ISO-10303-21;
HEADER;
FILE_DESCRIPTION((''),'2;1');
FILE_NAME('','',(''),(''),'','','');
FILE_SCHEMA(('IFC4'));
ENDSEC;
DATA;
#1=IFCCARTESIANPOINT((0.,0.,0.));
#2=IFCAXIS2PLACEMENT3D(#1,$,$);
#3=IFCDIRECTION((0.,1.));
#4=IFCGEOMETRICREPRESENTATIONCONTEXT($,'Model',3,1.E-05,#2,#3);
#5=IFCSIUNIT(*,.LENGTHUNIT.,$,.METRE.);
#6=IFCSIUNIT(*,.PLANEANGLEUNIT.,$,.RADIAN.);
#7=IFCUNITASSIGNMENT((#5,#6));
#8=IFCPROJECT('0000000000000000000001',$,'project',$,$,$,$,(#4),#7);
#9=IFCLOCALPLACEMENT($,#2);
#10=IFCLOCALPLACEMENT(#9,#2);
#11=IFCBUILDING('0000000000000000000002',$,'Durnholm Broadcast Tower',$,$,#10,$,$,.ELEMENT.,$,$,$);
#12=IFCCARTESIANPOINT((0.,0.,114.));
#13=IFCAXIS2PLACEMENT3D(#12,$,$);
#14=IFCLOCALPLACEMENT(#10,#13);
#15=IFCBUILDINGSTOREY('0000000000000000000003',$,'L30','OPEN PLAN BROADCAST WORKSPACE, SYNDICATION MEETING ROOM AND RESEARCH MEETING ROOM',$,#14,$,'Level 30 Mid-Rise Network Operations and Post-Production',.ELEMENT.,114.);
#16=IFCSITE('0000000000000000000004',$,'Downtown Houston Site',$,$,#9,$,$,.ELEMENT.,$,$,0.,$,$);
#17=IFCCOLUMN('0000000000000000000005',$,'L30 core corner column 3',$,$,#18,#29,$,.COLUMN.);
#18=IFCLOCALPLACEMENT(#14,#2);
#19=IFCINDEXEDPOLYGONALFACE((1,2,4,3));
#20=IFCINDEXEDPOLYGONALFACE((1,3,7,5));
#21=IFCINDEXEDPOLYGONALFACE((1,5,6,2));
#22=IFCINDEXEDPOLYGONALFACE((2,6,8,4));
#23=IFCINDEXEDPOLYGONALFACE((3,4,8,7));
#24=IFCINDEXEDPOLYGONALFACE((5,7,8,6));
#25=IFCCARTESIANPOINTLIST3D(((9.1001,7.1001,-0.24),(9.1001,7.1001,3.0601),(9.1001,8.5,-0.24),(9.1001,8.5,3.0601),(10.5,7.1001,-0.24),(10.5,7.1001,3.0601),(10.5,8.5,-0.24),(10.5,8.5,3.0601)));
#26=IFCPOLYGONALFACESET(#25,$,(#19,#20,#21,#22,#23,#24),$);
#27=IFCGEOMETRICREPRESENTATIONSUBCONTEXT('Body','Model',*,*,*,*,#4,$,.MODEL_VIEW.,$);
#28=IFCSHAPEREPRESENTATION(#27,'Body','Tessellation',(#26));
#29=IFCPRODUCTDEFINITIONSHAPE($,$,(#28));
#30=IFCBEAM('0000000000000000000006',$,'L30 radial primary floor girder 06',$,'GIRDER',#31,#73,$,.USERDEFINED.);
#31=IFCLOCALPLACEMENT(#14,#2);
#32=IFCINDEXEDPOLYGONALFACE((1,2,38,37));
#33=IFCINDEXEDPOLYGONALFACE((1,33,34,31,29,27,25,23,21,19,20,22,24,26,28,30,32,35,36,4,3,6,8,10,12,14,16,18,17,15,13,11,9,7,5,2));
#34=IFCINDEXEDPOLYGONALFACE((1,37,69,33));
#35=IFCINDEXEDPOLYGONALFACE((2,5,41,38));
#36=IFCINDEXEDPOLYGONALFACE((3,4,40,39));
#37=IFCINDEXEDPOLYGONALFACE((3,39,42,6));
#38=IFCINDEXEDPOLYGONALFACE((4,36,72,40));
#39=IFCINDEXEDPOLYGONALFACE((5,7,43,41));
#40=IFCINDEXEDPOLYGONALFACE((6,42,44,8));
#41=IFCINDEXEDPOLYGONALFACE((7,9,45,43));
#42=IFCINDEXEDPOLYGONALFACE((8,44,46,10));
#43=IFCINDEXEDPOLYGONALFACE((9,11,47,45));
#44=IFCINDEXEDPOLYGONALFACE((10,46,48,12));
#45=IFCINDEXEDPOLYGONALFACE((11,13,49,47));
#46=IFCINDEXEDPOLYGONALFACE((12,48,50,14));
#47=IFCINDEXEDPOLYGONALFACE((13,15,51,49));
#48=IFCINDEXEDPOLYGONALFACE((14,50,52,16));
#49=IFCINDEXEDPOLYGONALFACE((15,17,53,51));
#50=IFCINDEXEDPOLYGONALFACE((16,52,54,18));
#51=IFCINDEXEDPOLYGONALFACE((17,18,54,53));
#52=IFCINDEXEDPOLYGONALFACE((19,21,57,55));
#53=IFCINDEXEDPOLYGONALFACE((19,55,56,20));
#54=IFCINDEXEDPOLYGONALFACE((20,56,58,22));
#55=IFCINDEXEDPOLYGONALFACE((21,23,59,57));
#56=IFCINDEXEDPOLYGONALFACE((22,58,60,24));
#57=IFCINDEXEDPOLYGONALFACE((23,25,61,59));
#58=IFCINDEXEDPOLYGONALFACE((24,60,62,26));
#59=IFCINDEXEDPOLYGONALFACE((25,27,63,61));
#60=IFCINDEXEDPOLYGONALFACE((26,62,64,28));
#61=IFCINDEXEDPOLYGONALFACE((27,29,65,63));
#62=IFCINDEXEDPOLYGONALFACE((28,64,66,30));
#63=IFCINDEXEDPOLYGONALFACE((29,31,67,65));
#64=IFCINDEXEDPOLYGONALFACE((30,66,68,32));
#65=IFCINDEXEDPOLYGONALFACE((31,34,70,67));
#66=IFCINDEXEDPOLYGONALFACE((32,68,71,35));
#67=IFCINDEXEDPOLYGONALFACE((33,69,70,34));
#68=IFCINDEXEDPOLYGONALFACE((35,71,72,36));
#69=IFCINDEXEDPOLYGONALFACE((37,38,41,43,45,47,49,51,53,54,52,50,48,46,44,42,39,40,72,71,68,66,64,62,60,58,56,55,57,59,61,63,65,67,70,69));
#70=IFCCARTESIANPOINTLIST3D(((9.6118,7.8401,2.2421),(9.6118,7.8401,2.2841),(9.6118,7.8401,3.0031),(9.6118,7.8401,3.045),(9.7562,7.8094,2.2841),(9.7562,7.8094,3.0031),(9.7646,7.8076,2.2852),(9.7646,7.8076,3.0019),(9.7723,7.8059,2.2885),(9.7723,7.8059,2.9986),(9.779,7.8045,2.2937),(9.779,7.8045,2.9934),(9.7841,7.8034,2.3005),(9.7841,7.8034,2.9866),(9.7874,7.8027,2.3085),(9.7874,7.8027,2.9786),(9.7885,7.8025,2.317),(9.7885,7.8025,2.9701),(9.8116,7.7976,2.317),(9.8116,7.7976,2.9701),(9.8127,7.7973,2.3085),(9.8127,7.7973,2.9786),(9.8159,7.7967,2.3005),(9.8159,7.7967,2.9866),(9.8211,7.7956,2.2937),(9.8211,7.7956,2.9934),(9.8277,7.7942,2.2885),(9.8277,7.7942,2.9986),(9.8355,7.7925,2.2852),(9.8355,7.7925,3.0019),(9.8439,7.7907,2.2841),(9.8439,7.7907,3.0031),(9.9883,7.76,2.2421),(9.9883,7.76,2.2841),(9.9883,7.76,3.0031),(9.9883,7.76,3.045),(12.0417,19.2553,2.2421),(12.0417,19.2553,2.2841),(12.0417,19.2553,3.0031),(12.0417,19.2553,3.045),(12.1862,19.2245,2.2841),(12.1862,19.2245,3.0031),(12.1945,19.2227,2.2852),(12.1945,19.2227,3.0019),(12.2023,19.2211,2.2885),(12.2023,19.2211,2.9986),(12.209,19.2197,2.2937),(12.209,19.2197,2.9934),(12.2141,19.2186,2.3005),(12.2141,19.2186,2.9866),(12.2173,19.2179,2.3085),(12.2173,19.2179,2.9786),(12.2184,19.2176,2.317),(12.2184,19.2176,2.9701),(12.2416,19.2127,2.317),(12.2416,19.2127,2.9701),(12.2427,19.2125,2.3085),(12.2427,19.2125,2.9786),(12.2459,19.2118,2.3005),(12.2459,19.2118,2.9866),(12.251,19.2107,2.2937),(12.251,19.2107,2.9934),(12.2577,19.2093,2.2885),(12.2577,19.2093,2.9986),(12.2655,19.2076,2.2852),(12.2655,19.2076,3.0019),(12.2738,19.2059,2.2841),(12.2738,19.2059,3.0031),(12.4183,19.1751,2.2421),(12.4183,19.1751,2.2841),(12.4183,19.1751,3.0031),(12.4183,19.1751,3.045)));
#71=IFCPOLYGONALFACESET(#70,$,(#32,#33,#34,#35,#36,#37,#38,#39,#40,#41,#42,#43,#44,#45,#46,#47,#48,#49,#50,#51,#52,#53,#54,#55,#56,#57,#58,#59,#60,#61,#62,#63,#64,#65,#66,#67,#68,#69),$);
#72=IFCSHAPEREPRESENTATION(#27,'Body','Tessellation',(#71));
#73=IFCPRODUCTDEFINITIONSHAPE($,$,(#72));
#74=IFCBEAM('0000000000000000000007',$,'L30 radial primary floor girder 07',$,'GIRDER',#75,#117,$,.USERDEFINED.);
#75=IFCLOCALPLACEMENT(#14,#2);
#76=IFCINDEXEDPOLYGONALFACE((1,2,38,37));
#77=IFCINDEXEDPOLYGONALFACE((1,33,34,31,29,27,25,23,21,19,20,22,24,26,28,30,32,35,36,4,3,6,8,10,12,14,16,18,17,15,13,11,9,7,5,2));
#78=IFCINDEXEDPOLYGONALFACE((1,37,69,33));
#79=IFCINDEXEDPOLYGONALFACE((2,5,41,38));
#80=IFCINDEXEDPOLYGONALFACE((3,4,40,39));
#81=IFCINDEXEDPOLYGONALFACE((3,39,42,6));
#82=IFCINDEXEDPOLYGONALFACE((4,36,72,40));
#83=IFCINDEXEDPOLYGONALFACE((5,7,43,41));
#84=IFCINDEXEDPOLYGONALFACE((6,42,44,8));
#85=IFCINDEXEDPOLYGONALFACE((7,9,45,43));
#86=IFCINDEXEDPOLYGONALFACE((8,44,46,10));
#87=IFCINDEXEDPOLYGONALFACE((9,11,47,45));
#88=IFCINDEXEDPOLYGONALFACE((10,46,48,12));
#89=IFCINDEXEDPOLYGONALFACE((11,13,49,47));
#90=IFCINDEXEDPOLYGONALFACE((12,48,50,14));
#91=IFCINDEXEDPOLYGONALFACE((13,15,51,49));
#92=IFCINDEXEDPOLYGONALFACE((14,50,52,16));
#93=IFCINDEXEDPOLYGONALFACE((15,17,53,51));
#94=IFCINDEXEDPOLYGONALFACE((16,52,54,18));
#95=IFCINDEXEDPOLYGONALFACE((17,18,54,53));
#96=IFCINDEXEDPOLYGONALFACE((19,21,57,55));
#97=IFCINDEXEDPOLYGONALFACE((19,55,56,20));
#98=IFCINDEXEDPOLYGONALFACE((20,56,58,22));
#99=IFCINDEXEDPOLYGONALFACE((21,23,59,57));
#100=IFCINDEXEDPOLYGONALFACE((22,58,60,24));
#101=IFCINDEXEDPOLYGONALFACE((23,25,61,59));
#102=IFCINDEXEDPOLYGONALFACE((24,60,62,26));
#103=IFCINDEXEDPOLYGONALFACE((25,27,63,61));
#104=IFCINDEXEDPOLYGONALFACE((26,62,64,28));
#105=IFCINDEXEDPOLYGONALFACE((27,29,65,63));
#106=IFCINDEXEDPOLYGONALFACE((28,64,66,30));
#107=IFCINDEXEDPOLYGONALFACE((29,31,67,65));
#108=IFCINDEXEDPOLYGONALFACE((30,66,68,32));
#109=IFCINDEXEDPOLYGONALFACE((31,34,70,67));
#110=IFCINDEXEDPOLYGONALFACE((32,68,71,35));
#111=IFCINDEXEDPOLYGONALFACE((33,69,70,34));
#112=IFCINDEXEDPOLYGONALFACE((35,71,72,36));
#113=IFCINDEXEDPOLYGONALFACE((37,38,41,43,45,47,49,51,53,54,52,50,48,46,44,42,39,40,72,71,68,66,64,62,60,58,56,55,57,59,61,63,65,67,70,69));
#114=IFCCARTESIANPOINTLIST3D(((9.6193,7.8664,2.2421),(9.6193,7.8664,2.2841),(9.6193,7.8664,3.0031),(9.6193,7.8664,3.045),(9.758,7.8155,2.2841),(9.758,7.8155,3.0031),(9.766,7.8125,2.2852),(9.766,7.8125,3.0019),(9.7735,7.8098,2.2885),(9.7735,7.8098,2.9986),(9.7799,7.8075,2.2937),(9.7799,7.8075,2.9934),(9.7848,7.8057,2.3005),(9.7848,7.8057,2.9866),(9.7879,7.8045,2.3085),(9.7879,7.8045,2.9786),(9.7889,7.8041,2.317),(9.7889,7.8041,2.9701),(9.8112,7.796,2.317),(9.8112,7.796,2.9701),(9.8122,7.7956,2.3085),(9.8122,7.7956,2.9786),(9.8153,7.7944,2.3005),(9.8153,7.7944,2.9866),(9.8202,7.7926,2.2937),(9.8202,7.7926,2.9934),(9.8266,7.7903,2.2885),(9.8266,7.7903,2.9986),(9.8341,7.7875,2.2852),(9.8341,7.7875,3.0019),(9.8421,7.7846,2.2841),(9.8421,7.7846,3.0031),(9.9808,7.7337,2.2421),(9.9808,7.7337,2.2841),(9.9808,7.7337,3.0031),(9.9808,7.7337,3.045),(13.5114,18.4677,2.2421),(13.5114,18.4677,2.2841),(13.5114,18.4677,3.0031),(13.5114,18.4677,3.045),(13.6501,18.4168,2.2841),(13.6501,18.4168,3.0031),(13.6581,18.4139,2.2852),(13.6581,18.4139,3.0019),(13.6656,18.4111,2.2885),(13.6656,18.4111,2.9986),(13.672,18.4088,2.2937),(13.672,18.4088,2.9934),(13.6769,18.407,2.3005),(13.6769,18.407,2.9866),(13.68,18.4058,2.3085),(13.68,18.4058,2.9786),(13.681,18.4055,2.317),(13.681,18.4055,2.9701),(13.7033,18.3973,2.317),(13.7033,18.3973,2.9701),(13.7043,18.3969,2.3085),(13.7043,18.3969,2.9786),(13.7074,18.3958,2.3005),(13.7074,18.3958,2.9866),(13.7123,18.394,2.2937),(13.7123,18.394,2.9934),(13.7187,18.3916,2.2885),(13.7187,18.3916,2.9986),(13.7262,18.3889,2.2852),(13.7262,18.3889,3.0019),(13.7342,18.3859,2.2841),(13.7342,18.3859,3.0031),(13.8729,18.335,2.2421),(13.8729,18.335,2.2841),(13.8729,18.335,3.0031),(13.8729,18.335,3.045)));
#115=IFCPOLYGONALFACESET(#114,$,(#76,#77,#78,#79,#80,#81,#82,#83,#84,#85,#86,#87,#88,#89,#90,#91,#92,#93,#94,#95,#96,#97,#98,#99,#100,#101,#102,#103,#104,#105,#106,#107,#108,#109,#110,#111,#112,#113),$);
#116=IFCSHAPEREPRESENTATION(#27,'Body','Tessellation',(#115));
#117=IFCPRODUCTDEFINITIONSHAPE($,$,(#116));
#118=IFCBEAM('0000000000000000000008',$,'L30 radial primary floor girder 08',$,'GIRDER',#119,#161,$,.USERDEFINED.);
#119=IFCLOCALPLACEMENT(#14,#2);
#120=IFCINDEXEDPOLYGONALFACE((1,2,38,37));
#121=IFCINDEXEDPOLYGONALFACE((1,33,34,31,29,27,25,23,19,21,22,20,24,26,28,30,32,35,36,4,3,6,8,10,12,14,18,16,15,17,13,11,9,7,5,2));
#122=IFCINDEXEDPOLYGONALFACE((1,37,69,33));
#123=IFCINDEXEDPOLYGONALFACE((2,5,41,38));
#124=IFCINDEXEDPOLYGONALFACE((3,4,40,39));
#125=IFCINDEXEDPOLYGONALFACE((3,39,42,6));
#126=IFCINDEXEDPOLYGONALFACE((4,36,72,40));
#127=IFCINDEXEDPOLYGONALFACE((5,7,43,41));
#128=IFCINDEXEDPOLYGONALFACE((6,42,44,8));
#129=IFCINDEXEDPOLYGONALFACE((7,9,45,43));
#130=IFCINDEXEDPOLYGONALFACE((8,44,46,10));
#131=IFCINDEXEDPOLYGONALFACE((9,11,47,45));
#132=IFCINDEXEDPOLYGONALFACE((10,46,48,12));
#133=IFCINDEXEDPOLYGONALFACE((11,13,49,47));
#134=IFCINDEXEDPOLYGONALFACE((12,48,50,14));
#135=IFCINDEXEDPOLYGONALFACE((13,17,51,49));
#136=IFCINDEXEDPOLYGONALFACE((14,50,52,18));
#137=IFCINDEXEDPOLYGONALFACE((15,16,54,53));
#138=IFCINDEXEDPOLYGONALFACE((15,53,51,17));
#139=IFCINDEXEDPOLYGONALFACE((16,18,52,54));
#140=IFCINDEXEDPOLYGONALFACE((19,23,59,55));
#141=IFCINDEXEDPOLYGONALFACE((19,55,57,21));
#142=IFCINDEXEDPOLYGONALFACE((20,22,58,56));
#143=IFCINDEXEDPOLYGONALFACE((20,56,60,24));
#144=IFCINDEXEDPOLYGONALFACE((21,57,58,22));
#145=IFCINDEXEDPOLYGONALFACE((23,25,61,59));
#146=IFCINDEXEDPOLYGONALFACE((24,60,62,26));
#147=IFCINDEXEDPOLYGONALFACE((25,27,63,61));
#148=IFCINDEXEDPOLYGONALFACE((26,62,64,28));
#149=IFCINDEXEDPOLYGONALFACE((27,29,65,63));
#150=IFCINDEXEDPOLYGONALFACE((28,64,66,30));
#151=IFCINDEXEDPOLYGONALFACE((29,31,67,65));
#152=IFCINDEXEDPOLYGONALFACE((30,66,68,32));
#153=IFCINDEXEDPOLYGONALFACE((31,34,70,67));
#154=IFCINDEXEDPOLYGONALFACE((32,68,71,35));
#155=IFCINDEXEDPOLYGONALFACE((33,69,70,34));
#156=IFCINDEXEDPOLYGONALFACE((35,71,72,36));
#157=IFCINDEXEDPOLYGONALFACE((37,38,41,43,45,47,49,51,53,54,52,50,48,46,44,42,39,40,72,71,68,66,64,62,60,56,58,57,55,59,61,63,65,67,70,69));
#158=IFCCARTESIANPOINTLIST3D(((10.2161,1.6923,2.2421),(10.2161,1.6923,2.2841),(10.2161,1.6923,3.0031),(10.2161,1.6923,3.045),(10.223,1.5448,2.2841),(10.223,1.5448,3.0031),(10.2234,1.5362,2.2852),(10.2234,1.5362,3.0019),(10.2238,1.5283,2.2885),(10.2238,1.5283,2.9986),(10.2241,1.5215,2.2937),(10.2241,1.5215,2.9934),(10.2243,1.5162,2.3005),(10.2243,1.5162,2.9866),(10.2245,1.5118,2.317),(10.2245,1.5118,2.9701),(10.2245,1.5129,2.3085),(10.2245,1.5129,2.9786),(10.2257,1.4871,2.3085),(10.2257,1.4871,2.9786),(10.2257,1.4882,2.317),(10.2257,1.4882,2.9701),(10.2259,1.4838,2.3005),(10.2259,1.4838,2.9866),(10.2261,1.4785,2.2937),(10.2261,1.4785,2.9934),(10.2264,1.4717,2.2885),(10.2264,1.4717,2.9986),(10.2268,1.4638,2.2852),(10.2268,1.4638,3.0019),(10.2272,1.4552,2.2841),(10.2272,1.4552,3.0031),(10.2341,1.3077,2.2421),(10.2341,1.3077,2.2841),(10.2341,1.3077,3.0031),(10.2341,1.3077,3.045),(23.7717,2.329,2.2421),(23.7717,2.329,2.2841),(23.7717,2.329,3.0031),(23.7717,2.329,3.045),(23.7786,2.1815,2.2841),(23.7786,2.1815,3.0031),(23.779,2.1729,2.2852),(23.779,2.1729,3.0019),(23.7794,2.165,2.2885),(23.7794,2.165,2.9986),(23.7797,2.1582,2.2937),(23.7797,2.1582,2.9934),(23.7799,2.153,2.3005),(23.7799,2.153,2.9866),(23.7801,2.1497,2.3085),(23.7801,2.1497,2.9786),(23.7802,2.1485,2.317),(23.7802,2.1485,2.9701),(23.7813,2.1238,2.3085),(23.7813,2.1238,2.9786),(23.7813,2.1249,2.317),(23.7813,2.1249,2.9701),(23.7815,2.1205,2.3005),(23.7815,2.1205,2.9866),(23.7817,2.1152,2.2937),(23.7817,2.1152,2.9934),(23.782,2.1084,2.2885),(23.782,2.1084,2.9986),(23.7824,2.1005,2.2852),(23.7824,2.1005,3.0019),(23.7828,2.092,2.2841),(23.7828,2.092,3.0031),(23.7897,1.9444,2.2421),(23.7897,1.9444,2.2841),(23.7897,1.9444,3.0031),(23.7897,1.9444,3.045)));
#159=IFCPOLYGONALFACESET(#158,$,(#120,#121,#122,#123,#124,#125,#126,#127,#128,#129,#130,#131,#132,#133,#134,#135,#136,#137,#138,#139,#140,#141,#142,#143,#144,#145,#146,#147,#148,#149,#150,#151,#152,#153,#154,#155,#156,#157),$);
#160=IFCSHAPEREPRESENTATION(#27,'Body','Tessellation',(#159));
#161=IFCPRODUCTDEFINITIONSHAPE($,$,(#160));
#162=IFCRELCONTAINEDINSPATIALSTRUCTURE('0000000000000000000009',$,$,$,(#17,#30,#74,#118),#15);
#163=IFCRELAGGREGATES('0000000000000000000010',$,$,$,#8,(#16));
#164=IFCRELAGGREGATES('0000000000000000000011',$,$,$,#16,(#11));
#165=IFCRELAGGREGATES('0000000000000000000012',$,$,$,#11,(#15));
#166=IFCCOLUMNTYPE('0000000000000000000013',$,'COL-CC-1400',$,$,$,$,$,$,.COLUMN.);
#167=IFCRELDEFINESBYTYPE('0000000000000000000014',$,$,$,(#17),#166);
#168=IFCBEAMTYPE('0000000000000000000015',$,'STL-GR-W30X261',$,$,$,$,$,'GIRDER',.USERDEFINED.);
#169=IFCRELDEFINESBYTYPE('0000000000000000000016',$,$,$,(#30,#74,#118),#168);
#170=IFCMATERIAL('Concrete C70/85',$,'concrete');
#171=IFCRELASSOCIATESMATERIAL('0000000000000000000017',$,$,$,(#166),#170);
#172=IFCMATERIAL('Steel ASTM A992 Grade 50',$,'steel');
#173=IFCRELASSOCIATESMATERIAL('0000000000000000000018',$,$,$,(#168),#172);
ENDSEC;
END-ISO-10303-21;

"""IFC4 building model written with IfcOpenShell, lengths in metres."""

from ifc_helpers import new_model, si_unit, direction, frame, origin, origin_2d, place, context, subcontext, project, spatial, rectangle, i_section, extrude, source, transform, mapped, material, material_profile, profile_set, type_object, type_shapes, element, save


model = new_model("IFC4")

# Units and contexts
model_context = context("Model", 3, precision=1e-05, world=origin(), true_north=direction((0.0, 1.0)))
body_context = subcontext(model_context, "Body", "Model", "MODEL_VIEW")
ifc_project = project(units=[si_unit("LENGTHUNIT", "METRE"), si_unit("PLANEANGLEUNIT", "RADIAN")], contexts=[model_context])

# Site, building, storey
site_placement = place(None, origin())
site = spatial("IfcSite", under=ifc_project, at=site_placement, Name="Downtown Houston Site", CompositionType="ELEMENT", RefElevation=0.0)
building_placement = place(site_placement, origin())
building = spatial("IfcBuilding", under=site, at=building_placement, Name="Durnholm Broadcast Tower", CompositionType="ELEMENT")
storey_placement = place(building_placement, frame((0.0, 0.0, 114.0)))
storey = spatial("IfcBuildingStorey", under=building, at=storey_placement, Name="L30", Description="OPEN PLAN BROADCAST WORKSPACE, SYNDICATION MEETING ROOM AND RESEARCH MEETING ROOM", LongName="Level 30 Mid-Rise Network Operations and Post-Production", CompositionType="ELEMENT", Elevation=114.0)

# Column
ifc_material_1 = material(Name="Concrete C70/85", Category="concrete")
ifc_material_profile_1 = material_profile(ifc_material_1, rectangle(XDim=1.3999, YDim=1.3999, at=origin_2d()), Name="RC1400X1400")
ifc_profile_set_1 = profile_set([ifc_material_profile_1], Name="Concrete C70/85")
column_type = type_object("IfcColumnType", Name="COL-CC-1400", PredefinedType="COLUMN", material=ifc_profile_set_1)
shared_shape_1 = source(origin(), body_context, "Body", "SweptSolid", [
    extrude(rectangle(XDim=1.3999, YDim=1.3999, at=origin_2d()), origin(), (0.0, 0.0, 1.0), 3.3),
])
type_shapes(column_type, [shared_shape_1])
column_placement = place(storey_placement, frame((9.8, 7.8, -0.24), z_axis=(0.0, 0.0, 1.0), x_axis=(1.0, 0.0, 0.0)))
element("IfcColumn", 1, at=column_placement, inside=storey, type_object=column_type, Name="L30 core corner column 3", PredefinedType="COLUMN", context=body_context, shape_type="MappedRepresentation", body=[
    mapped(shared_shape_1, transform((0.0, 0.0, 0.0), x_axis=(1.0, 0.0, 0.0), y_axis=(0.0, 1.0, 0.0), z_axis=(0.0, 0.0, 1.0), scale=1.0)),
])

# Beams
ifc_material_2 = material(Name="Steel ASTM A992 Grade 50", Category="steel")
ifc_material_profile_2 = material_profile(ifc_material_2, i_section(OverallWidth=0.385, OverallDepth=0.803, WebThickness=0.0237, FlangeThickness=0.042, FilletRadius=0.033, at=origin_2d()), Name="W30X261")
ifc_profile_set_2 = profile_set([ifc_material_profile_2], Name="Steel ASTM A992 Grade 50")
beam_type_1 = type_object("IfcBeamType", Name="STL-GR-W30X261", ElementType="GIRDER", PredefinedType="USERDEFINED", material=ifc_profile_set_2)
shared_shape_2 = source(origin(), body_context, "Body", "SweptSolid", [
    extrude(i_section(OverallWidth=0.385, OverallDepth=0.803, WebThickness=0.0237, FlangeThickness=0.042, FilletRadius=0.033, at=origin_2d()), origin(), (0.0, 0.0, 1.0), 11.6709),
])
beam_1_placement = place(storey_placement, frame((9.8, 7.8, 2.6436), z_axis=(0.208206, 0.978085, 0.0), x_axis=(-0.978085, 0.208206, 0.0)))
element("IfcBeam", 2, at=beam_1_placement, inside=storey, type_object=beam_type_1, Name="L30 radial primary floor girder 06", ObjectType="GIRDER", PredefinedType="USERDEFINED", context=body_context, shape_type="MappedRepresentation", body=[
    mapped(shared_shape_2, transform((0.0, 0.0, 0.0), x_axis=(1.0, 0.0, 0.0), y_axis=(0.0, 1.0, 0.0), z_axis=(0.0, 0.0, 1.0), scale=1.0)),
])
shared_shape_3 = source(origin(), body_context, "Body", "SweptSolid", [
    extrude(i_section(OverallWidth=0.385, OverallDepth=0.803, WebThickness=0.0237, FlangeThickness=0.042, FilletRadius=0.033, at=origin_2d()), origin(), (0.0, 0.0, 1.0), 11.2932),
])
beam_2_placement = place(storey_placement, frame((9.8, 7.8, 2.6436), z_axis=(0.34464, 0.938735, 0.0), x_axis=(-0.938735, 0.34464, 0.0)))
element("IfcBeam", 3, at=beam_2_placement, inside=storey, type_object=beam_type_1, Name="L30 radial primary floor girder 07", ObjectType="GIRDER", PredefinedType="USERDEFINED", context=body_context, shape_type="MappedRepresentation", body=[
    mapped(shared_shape_3, transform((0.0, 0.0, 0.0), x_axis=(1.0, 0.0, 0.0), y_axis=(0.0, 1.0, 0.0), z_axis=(0.0, 0.0, 1.0), scale=1.0)),
])
shared_shape_4 = source(origin(), body_context, "Body", "SweptSolid", [
    extrude(i_section(OverallWidth=0.385, OverallDepth=0.803, WebThickness=0.0237, FlangeThickness=0.042, FilletRadius=0.033, at=origin_2d()), origin(), (0.0, 0.0, 1.0), 13.5706),
])
beam_3_placement = place(storey_placement, frame((10.2251, 1.5, 2.6436), z_axis=(0.998899, 0.046919, 0.0), x_axis=(-0.046919, 0.998899, 0.0)))
element("IfcBeam", 4, at=beam_3_placement, inside=storey, type_object=beam_type_1, Name="L30 radial primary floor girder 08", ObjectType="GIRDER", PredefinedType="USERDEFINED", context=body_context, shape_type="MappedRepresentation", body=[
    mapped(shared_shape_4, transform((0.0, 0.0, 0.0), x_axis=(1.0, 0.0, 0.0), y_axis=(0.0, 1.0, 0.0), z_axis=(0.0, 0.0, 1.0), scale=1.0)),
])

save(model, "model.ifc")
